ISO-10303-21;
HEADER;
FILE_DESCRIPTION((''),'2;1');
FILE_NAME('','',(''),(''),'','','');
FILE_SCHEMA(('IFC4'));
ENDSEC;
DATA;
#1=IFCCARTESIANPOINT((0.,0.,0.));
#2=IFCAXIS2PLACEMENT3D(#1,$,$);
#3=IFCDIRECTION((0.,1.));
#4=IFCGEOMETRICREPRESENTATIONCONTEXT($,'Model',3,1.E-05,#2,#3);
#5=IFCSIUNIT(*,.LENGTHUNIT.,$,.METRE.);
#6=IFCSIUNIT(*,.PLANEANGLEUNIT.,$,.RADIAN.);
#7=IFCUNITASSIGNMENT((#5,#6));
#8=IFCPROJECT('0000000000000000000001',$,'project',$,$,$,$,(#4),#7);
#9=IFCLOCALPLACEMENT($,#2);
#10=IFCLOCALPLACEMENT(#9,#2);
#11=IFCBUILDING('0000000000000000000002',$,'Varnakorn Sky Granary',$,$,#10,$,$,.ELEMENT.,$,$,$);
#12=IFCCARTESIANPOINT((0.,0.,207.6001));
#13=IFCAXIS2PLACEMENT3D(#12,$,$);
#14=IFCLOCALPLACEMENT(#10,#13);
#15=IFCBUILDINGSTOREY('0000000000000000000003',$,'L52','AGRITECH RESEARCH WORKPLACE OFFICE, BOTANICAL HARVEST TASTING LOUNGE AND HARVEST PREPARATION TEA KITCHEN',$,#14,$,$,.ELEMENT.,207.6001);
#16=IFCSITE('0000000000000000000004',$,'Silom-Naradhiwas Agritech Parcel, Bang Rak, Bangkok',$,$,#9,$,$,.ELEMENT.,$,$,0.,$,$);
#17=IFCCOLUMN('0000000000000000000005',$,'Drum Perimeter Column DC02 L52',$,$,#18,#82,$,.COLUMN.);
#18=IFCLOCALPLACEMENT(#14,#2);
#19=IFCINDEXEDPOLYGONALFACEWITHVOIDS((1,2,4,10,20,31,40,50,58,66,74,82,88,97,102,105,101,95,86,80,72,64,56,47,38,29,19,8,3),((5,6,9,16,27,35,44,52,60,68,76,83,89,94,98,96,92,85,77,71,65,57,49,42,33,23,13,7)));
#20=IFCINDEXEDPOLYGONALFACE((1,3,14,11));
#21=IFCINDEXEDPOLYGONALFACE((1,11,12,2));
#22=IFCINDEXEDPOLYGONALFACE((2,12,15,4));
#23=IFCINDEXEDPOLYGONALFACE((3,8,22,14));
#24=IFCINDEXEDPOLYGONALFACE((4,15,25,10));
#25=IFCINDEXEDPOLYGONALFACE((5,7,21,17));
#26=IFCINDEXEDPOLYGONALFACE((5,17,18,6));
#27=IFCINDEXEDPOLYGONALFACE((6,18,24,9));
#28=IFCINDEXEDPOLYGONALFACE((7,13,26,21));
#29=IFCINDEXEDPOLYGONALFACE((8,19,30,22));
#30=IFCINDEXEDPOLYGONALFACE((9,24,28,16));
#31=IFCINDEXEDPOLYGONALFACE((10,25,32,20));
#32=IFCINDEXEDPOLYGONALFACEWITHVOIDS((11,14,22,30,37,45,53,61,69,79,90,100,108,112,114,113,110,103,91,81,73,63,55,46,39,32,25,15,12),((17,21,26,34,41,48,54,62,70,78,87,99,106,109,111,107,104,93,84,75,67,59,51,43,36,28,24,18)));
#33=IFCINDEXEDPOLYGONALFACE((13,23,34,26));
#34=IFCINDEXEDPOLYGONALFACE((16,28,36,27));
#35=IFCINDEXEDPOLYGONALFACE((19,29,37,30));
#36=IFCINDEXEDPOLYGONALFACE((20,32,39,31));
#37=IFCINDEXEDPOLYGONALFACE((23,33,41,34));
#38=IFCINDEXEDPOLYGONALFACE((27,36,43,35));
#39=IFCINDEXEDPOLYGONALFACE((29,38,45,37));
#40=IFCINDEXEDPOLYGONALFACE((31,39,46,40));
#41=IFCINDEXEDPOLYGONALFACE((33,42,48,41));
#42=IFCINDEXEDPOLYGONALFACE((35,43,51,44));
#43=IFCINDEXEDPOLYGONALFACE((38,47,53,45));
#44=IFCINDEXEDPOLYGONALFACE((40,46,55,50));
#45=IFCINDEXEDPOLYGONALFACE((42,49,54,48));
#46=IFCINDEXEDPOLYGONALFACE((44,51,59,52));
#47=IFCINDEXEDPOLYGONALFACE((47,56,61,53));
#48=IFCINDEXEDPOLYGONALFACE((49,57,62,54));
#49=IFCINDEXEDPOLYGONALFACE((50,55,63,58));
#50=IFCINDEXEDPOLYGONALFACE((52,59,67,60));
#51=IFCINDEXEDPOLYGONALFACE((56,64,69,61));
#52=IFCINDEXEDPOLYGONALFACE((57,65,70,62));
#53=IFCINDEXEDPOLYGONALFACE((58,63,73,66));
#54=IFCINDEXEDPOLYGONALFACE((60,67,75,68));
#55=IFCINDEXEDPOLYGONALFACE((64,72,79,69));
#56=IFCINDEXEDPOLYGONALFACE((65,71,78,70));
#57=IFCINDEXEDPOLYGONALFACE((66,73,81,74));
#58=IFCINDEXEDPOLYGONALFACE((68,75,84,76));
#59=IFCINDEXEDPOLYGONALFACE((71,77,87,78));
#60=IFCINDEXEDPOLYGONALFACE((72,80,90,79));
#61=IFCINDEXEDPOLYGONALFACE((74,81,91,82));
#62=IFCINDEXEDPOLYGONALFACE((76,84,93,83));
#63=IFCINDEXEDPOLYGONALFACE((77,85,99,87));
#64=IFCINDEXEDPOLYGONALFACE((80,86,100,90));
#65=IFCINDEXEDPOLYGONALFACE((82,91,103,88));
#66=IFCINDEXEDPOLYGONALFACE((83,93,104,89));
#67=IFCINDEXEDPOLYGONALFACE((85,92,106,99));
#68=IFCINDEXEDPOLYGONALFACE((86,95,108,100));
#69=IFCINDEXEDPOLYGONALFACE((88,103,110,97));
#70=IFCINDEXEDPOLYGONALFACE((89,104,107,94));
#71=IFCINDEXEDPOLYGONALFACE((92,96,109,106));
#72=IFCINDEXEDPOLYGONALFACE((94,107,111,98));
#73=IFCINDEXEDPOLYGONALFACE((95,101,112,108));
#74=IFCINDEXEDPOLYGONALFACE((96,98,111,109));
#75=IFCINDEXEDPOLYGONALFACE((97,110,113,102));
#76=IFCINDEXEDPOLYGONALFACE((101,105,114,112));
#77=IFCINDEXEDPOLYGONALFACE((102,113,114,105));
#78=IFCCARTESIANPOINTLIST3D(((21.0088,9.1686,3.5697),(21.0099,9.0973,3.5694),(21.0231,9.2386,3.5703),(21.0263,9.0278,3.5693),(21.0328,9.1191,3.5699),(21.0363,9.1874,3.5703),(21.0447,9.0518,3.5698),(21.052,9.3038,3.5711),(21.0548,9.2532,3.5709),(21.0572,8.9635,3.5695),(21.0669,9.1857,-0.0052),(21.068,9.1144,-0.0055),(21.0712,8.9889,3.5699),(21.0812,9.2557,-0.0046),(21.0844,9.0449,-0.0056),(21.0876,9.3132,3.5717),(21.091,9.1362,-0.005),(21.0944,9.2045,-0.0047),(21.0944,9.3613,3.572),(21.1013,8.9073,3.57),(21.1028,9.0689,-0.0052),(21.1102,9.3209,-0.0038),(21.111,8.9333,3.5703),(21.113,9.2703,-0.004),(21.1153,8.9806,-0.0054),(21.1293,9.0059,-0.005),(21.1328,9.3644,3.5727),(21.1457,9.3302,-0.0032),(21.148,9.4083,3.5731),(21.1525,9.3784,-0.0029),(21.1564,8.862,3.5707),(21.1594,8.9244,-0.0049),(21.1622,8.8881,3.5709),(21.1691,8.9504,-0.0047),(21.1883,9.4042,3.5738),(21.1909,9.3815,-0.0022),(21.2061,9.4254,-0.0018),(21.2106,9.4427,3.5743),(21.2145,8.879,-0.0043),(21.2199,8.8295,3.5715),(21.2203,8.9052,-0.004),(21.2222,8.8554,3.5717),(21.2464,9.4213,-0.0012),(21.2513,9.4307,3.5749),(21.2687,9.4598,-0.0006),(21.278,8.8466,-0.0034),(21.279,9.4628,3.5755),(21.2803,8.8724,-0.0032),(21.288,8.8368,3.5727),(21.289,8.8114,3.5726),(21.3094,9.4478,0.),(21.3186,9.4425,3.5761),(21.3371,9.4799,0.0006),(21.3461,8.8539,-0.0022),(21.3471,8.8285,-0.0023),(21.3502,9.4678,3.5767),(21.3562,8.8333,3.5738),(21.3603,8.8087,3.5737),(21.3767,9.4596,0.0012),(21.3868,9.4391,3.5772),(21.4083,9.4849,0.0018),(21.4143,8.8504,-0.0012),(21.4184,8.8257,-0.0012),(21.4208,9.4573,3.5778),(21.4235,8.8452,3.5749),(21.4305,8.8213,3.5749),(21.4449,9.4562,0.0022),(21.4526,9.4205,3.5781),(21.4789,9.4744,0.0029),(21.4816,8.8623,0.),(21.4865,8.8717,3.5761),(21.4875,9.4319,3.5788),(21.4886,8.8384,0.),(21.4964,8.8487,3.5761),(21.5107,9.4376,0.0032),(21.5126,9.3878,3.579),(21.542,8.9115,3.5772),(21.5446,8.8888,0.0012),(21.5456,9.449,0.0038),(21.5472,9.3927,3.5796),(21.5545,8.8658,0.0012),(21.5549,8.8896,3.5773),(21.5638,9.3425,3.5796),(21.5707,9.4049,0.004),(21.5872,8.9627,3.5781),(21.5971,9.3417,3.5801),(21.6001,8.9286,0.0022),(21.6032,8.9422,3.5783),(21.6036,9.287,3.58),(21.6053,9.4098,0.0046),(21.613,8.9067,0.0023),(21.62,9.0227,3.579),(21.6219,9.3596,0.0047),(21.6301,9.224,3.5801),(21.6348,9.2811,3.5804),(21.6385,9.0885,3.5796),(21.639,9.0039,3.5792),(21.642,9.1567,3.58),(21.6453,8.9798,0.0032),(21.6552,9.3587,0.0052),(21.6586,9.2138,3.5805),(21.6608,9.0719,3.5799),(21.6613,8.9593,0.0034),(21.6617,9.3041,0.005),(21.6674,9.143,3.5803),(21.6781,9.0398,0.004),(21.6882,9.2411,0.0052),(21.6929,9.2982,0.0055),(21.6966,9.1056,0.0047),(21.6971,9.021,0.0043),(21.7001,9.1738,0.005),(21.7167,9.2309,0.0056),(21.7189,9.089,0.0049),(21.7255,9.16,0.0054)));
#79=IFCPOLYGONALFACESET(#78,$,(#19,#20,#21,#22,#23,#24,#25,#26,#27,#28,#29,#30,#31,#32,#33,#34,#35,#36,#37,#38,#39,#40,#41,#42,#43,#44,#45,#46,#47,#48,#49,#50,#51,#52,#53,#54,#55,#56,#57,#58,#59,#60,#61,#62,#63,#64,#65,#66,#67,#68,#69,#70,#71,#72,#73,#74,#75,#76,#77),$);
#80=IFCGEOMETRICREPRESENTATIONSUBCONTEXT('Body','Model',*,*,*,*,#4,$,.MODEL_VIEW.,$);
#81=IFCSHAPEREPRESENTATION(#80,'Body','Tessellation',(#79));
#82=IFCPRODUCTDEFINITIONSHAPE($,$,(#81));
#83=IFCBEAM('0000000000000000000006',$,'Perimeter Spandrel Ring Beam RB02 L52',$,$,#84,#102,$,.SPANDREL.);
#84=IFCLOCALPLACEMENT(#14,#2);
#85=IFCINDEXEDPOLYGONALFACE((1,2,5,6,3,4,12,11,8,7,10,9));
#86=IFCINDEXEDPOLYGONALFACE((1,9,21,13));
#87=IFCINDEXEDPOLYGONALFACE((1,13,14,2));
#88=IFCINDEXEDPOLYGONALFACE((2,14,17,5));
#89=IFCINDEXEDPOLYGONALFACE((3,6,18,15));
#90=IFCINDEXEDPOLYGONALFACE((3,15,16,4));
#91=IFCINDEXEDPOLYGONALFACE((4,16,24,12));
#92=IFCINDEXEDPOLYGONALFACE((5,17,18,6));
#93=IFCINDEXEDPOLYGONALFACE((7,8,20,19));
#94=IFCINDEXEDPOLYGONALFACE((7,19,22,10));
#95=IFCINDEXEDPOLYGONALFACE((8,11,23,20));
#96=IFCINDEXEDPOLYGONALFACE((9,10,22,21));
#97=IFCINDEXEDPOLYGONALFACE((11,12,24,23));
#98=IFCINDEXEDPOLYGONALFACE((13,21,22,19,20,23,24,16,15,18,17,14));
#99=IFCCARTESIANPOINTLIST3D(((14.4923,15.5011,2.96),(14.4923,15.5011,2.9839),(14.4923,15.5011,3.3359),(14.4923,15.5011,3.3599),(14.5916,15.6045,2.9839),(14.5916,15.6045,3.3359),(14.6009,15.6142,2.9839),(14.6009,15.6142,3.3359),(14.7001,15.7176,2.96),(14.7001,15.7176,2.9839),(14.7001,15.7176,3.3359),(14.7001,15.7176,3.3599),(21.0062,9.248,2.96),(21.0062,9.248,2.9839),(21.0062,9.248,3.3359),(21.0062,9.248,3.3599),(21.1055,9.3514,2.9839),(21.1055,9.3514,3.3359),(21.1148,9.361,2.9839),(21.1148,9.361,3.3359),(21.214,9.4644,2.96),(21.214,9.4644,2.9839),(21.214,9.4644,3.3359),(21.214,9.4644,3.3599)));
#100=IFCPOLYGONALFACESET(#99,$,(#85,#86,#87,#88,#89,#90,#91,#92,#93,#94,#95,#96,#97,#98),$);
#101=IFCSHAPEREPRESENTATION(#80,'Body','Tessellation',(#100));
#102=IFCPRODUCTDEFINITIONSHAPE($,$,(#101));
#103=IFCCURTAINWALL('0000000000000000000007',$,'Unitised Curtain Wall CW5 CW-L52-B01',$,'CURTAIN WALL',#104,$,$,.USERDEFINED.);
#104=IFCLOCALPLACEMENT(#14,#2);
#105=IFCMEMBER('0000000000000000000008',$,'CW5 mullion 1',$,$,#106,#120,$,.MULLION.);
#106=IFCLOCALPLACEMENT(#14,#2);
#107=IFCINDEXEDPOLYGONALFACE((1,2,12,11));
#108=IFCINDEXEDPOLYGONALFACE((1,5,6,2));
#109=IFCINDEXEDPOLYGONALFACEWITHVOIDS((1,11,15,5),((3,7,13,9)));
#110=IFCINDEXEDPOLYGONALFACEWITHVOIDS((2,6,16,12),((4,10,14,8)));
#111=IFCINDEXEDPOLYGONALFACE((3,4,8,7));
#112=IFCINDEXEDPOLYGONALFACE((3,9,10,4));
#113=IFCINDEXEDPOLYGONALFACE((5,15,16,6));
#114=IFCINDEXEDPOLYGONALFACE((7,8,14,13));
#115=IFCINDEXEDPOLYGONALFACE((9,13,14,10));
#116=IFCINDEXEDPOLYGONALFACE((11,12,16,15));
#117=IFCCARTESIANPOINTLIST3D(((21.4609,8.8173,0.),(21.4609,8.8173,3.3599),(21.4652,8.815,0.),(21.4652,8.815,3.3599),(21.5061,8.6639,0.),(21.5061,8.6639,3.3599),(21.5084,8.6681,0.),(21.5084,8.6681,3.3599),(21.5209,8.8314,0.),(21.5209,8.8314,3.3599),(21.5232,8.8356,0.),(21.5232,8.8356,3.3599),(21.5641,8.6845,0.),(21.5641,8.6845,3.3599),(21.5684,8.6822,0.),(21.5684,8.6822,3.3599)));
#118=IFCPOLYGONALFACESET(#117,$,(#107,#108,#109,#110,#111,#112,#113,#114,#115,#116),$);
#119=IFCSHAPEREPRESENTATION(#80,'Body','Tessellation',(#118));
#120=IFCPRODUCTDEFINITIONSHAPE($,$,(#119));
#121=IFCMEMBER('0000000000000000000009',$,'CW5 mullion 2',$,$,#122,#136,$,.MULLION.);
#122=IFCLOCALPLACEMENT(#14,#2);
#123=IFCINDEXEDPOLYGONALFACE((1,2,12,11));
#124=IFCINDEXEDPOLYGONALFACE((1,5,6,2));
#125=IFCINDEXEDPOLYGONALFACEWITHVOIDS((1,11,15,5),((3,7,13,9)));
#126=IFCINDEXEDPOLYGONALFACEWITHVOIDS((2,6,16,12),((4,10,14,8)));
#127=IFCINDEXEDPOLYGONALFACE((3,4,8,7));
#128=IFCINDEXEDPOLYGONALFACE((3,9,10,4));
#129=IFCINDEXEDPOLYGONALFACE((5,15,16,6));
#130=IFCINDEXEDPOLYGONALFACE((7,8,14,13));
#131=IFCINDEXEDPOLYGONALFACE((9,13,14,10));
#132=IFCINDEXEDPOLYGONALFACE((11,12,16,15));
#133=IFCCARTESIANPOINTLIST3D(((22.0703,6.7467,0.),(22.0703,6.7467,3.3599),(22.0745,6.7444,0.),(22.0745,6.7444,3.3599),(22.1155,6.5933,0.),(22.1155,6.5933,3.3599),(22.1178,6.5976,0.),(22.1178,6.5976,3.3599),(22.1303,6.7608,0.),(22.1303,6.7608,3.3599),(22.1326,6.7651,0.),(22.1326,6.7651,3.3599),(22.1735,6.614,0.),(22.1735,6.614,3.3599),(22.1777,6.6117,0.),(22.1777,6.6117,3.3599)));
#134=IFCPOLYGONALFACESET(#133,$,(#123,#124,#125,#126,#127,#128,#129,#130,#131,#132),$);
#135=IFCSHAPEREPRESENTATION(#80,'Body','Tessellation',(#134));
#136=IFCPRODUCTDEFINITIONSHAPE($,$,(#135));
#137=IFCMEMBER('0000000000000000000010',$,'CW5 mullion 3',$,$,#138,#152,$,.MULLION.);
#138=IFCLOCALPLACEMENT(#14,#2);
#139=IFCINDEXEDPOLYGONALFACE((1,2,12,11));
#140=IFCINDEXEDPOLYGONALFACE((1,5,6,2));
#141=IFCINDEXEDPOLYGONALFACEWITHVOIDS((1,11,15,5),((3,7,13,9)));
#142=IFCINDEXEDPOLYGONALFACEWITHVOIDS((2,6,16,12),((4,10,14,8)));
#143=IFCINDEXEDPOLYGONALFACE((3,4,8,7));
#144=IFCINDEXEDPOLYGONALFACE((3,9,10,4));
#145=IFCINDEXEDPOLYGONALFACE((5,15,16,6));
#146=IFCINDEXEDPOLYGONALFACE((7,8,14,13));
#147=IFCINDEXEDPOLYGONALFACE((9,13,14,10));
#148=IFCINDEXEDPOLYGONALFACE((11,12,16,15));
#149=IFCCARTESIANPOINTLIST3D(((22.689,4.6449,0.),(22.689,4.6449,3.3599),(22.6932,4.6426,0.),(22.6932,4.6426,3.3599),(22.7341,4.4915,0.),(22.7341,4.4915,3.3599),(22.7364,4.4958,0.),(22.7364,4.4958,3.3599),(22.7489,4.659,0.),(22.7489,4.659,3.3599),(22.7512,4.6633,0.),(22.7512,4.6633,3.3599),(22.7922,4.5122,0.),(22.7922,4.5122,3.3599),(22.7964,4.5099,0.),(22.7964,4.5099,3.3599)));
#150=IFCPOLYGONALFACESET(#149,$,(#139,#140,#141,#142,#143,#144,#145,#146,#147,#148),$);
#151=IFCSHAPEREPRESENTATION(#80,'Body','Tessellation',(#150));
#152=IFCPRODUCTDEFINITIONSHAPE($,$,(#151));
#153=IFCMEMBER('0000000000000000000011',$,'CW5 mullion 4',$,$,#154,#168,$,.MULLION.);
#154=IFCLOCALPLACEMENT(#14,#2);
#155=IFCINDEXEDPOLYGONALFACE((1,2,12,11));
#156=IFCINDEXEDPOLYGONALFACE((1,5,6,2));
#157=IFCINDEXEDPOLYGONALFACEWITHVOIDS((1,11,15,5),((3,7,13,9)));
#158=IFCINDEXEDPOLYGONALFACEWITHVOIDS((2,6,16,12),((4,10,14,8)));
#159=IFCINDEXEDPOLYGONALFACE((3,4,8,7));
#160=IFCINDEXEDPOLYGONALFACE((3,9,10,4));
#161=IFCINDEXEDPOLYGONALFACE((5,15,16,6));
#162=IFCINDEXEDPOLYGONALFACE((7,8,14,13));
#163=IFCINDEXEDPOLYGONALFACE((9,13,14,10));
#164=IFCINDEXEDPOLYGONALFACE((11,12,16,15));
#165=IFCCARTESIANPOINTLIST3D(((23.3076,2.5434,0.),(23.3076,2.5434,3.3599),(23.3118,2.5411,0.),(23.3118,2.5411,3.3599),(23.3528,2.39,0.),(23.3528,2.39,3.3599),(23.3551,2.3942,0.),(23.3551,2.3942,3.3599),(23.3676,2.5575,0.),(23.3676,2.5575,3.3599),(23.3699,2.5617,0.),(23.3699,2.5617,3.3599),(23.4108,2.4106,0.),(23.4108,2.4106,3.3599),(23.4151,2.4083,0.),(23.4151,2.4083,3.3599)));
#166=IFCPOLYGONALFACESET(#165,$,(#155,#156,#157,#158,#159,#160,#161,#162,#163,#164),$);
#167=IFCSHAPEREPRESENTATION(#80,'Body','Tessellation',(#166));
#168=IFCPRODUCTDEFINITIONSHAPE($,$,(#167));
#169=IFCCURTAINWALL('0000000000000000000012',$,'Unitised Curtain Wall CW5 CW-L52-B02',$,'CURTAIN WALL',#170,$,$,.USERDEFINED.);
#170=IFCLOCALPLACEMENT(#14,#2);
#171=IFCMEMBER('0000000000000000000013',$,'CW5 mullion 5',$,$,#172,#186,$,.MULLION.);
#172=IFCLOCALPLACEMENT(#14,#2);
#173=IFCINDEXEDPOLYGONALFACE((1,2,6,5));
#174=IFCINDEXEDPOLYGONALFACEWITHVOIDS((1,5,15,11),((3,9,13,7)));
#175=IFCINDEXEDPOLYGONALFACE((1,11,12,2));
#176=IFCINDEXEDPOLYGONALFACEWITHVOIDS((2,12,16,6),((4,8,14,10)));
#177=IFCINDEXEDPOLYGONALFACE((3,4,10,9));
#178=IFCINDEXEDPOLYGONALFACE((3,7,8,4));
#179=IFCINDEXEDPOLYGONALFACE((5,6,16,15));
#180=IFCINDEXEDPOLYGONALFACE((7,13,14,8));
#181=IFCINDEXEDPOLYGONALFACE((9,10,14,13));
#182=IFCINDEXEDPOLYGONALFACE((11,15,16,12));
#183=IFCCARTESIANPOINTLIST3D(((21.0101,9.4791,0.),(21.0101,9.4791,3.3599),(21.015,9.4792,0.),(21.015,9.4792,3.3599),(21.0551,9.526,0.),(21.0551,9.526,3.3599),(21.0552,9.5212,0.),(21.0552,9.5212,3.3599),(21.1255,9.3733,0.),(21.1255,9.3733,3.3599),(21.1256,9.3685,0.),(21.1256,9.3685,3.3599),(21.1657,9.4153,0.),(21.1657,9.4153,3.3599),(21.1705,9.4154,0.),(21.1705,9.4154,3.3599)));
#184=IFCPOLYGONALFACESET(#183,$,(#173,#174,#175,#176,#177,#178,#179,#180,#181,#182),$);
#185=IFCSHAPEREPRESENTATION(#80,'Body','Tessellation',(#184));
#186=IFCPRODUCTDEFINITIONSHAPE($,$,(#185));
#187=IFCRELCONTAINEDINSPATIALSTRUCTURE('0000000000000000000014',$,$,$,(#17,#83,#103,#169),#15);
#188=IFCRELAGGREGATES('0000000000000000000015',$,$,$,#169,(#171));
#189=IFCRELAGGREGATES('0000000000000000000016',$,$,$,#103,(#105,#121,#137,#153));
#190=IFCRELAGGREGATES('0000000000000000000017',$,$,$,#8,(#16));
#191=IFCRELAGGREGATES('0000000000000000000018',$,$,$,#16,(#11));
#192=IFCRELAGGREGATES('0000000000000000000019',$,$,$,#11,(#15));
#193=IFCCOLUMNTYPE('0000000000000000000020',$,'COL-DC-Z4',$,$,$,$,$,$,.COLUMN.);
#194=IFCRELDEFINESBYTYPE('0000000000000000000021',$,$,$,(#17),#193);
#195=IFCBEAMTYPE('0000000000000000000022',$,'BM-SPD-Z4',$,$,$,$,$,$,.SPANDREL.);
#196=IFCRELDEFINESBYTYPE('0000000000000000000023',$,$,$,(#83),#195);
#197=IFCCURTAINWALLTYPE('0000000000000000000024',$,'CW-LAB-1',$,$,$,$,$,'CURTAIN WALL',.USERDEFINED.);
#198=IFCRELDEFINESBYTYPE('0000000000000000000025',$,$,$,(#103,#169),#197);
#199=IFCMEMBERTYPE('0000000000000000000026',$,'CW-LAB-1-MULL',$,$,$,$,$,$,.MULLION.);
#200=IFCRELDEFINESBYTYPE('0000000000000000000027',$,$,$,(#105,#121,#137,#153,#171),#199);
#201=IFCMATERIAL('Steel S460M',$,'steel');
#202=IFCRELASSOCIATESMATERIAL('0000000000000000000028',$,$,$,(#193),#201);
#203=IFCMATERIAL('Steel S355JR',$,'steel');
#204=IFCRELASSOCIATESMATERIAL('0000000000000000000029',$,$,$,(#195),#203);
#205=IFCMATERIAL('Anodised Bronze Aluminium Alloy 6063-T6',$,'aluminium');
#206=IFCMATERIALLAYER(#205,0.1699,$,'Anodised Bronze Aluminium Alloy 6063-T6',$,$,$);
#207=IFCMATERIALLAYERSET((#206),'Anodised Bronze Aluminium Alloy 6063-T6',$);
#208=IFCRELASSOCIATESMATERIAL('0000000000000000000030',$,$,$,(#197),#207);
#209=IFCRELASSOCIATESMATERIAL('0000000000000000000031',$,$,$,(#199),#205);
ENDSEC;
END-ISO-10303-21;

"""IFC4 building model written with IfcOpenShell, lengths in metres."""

from ifc_helpers import new_model, si_unit, direction, frame, origin, origin_2d, place, context, subcontext, project, spatial, hollow_rectangle, hollow_circle, i_section, extrude, material, layer, layer_set, material_profile, profile_set, type_object, element, aggregate, save


model = new_model("IFC4")

# Units and contexts
model_context = context("Model", 3, precision=1e-05, world=origin(), true_north=direction((0.0, 1.0)))
body_context = subcontext(model_context, "Body", "Model", "MODEL_VIEW")
ifc_project = project(units=[si_unit("LENGTHUNIT", "METRE"), si_unit("PLANEANGLEUNIT", "RADIAN")], contexts=[model_context])

# Site, building, storey
site_placement = place(None, origin())
site = spatial("IfcSite", under=ifc_project, at=site_placement, Name="Silom-Naradhiwas Agritech Parcel, Bang Rak, Bangkok", CompositionType="ELEMENT", RefElevation=0.0)
building_placement = place(site_placement, origin())
building = spatial("IfcBuilding", under=site, at=building_placement, Name="Varnakorn Sky Granary", CompositionType="ELEMENT")
storey_placement = place(building_placement, frame((0.0, 0.0, 207.6001)))
storey = spatial("IfcBuildingStorey", under=building, at=storey_placement, Name="L52", Description="AGRITECH RESEARCH WORKPLACE OFFICE, BOTANICAL HARVEST TASTING LOUNGE AND HARVEST PREPARATION TEA KITCHEN", CompositionType="ELEMENT", Elevation=207.6001)

# Column
ifc_material_1 = material(Name="Steel S460M", Category="steel")
ifc_material_profile_1 = material_profile(ifc_material_1, hollow_circle(Radius=0.3301, WallThickness=0.0249, at=origin_2d()), Name="CHS 660x25")
ifc_profile_set_1 = profile_set([ifc_material_profile_1], Name="Steel S460M")
column_type = type_object("IfcColumnType", Name="COL-DC-Z4", PredefinedType="COLUMN", material=ifc_profile_set_1)
column_placement = place(storey_placement, frame((21.3955, 9.155, 0.0), z_axis=(-0.016251, -0.00478, 0.999857), x_axis=(0.282166, -0.959366, 0.0)))
element("IfcColumn", 1, at=column_placement, inside=storey, type_object=column_type, Name="Drum Perimeter Column DC02 L52", PredefinedType="COLUMN", context=body_context, shape_type="SweptSolid", body=[
    extrude(hollow_circle(Radius=0.3301, WallThickness=0.0249, at=origin_2d()), origin(), (0.0, 0.0, 1.0), 3.5754),
])

# Beam
ifc_material_2 = material(Name="Steel S355JR", Category="steel")
ifc_material_profile_2 = material_profile(ifc_material_2, i_section(OverallWidth=0.3, OverallDepth=0.3999, WebThickness=0.0134, FlangeThickness=0.0239, at=origin_2d()), Name="HE 400 B")
ifc_profile_set_2 = profile_set([ifc_material_profile_2], Name="Steel S355JR")
beam_type = type_object("IfcBeamType", Name="BM-SPD-Z4", PredefinedType="SPANDREL", material=ifc_profile_set_2)
beam_placement = place(storey_placement, frame((21.1101, 9.3562, 3.1599), z_axis=(-0.721398, 0.692521, 0.0), x_axis=(-0.692521, -0.721398, 0.0)))
element("IfcBeam", 2, at=beam_placement, inside=storey, type_object=beam_type, Name="Perimeter Spandrel Ring Beam RB02 L52", PredefinedType="SPANDREL", context=body_context, shape_type="SweptSolid", body=[
    extrude(i_section(OverallWidth=0.3, OverallDepth=0.3999, WebThickness=0.0134, FlangeThickness=0.0239, at=origin_2d()), origin(), (0.0, 0.0, 1.0), 9.0295),
])

# Curtain wall, members
ifc_material_3 = material(Name="Anodised Bronze Aluminium Alloy 6063-T6", Category="aluminium")
ifc_layer_1 = layer(ifc_material_3, 0.1699, Name="Anodised Bronze Aluminium Alloy 6063-T6")
ifc_layer_set_1 = layer_set([ifc_layer_1], Name="Anodised Bronze Aluminium Alloy 6063-T6")
curtain_wall_type = type_object("IfcCurtainWallType", Name="CW-LAB-1", ElementType="CURTAIN WALL", PredefinedType="USERDEFINED", material=ifc_layer_set_1)
curtain_wall_1_placement = place(storey_placement, origin())
curtain_wall_1 = element("IfcCurtainWall", 3, at=curtain_wall_1_placement, inside=storey, type_object=curtain_wall_type, Name="Unitised Curtain Wall CW5 CW-L52-B01", ObjectType="CURTAIN WALL", PredefinedType="USERDEFINED")
ifc_material_profile_3 = material_profile(ifc_material_3, hollow_rectangle(XDim=0.0649, YDim=0.1599, WallThickness=0.0034, at=origin_2d()), Name="ALU MULL 65x160")
ifc_profile_set_3 = profile_set([ifc_material_profile_3], Name="Anodised Bronze Aluminium Alloy 6063-T6")
member_type_1 = type_object("IfcMemberType", Name="CW-LAB-1-MULL", PredefinedType="MULLION", material=ifc_profile_set_3)
member_1_placement = place(storey_placement, frame((21.5146, 8.7498, 0.0), z_axis=(0.0, 0.0, 1.0), x_axis=(0.95931, 0.282357, 0.0)))
member_1 = element("IfcMember", 4, at=member_1_placement, type_object=member_type_1, Name="CW5 mullion 1", PredefinedType="MULLION", context=body_context, shape_type="SweptSolid", body=[
    extrude(hollow_rectangle(XDim=0.0649, YDim=0.1599, WallThickness=0.0034, at=origin_2d()), origin(), (0.0, 0.0, 1.0), 3.3599),
])
member_2_placement = place(storey_placement, frame((22.124, 6.6792, 0.0), z_axis=(0.0, 0.0, 1.0), x_axis=(0.95931, 0.282357, 0.0)))
member_2 = element("IfcMember", 5, at=member_2_placement, type_object=member_type_1, Name="CW5 mullion 2", PredefinedType="MULLION", context=body_context, shape_type="SweptSolid", body=[
    extrude(hollow_rectangle(XDim=0.0649, YDim=0.1599, WallThickness=0.0034, at=origin_2d()), origin(), (0.0, 0.0, 1.0), 3.3599),
])
member_3_placement = place(storey_placement, frame((22.7427, 4.5774, 0.0), z_axis=(0.0, 0.0, 1.0), x_axis=(0.95931, 0.282357, 0.0)))
member_3 = element("IfcMember", 6, at=member_3_placement, type_object=member_type_1, Name="CW5 mullion 3", PredefinedType="MULLION", context=body_context, shape_type="SweptSolid", body=[
    extrude(hollow_rectangle(XDim=0.0649, YDim=0.1599, WallThickness=0.0034, at=origin_2d()), origin(), (0.0, 0.0, 1.0), 3.3599),
])
member_4_placement = place(storey_placement, frame((23.3613, 2.4758, 0.0), z_axis=(0.0, 0.0, 1.0), x_axis=(0.95931, 0.282357, 0.0)))
member_4 = element("IfcMember", 7, at=member_4_placement, type_object=member_type_1, Name="CW5 mullion 4", PredefinedType="MULLION", context=body_context, shape_type="SweptSolid", body=[
    extrude(hollow_rectangle(XDim=0.0649, YDim=0.1599, WallThickness=0.0034, at=origin_2d()), origin(), (0.0, 0.0, 1.0), 3.3599),
])

# Curtain wall, member
curtain_wall_2_placement = place(storey_placement, origin())
curtain_wall_2 = element("IfcCurtainWall", 8, at=curtain_wall_2_placement, inside=storey, type_object=curtain_wall_type, Name="Unitised Curtain Wall CW5 CW-L52-B02", ObjectType="CURTAIN WALL", PredefinedType="USERDEFINED")
member_5_placement = place(storey_placement, frame((21.0903, 9.4473, 0.0), z_axis=(0.0, 0.0, 1.0), x_axis=(0.691923, 0.721971, 0.0)))
member_5 = element("IfcMember", 9, at=member_5_placement, type_object=member_type_1, Name="CW5 mullion 5", PredefinedType="MULLION", context=body_context, shape_type="SweptSolid", body=[
    extrude(hollow_rectangle(XDim=0.0649, YDim=0.1599, WallThickness=0.0034, at=origin_2d()), origin(), (0.0, 0.0, 1.0), 3.3599),
])
aggregate(curtain_wall_2, [member_5])

aggregate(curtain_wall_1, [member_1, member_2, member_3, member_4])

save(model, "model.ifc")
